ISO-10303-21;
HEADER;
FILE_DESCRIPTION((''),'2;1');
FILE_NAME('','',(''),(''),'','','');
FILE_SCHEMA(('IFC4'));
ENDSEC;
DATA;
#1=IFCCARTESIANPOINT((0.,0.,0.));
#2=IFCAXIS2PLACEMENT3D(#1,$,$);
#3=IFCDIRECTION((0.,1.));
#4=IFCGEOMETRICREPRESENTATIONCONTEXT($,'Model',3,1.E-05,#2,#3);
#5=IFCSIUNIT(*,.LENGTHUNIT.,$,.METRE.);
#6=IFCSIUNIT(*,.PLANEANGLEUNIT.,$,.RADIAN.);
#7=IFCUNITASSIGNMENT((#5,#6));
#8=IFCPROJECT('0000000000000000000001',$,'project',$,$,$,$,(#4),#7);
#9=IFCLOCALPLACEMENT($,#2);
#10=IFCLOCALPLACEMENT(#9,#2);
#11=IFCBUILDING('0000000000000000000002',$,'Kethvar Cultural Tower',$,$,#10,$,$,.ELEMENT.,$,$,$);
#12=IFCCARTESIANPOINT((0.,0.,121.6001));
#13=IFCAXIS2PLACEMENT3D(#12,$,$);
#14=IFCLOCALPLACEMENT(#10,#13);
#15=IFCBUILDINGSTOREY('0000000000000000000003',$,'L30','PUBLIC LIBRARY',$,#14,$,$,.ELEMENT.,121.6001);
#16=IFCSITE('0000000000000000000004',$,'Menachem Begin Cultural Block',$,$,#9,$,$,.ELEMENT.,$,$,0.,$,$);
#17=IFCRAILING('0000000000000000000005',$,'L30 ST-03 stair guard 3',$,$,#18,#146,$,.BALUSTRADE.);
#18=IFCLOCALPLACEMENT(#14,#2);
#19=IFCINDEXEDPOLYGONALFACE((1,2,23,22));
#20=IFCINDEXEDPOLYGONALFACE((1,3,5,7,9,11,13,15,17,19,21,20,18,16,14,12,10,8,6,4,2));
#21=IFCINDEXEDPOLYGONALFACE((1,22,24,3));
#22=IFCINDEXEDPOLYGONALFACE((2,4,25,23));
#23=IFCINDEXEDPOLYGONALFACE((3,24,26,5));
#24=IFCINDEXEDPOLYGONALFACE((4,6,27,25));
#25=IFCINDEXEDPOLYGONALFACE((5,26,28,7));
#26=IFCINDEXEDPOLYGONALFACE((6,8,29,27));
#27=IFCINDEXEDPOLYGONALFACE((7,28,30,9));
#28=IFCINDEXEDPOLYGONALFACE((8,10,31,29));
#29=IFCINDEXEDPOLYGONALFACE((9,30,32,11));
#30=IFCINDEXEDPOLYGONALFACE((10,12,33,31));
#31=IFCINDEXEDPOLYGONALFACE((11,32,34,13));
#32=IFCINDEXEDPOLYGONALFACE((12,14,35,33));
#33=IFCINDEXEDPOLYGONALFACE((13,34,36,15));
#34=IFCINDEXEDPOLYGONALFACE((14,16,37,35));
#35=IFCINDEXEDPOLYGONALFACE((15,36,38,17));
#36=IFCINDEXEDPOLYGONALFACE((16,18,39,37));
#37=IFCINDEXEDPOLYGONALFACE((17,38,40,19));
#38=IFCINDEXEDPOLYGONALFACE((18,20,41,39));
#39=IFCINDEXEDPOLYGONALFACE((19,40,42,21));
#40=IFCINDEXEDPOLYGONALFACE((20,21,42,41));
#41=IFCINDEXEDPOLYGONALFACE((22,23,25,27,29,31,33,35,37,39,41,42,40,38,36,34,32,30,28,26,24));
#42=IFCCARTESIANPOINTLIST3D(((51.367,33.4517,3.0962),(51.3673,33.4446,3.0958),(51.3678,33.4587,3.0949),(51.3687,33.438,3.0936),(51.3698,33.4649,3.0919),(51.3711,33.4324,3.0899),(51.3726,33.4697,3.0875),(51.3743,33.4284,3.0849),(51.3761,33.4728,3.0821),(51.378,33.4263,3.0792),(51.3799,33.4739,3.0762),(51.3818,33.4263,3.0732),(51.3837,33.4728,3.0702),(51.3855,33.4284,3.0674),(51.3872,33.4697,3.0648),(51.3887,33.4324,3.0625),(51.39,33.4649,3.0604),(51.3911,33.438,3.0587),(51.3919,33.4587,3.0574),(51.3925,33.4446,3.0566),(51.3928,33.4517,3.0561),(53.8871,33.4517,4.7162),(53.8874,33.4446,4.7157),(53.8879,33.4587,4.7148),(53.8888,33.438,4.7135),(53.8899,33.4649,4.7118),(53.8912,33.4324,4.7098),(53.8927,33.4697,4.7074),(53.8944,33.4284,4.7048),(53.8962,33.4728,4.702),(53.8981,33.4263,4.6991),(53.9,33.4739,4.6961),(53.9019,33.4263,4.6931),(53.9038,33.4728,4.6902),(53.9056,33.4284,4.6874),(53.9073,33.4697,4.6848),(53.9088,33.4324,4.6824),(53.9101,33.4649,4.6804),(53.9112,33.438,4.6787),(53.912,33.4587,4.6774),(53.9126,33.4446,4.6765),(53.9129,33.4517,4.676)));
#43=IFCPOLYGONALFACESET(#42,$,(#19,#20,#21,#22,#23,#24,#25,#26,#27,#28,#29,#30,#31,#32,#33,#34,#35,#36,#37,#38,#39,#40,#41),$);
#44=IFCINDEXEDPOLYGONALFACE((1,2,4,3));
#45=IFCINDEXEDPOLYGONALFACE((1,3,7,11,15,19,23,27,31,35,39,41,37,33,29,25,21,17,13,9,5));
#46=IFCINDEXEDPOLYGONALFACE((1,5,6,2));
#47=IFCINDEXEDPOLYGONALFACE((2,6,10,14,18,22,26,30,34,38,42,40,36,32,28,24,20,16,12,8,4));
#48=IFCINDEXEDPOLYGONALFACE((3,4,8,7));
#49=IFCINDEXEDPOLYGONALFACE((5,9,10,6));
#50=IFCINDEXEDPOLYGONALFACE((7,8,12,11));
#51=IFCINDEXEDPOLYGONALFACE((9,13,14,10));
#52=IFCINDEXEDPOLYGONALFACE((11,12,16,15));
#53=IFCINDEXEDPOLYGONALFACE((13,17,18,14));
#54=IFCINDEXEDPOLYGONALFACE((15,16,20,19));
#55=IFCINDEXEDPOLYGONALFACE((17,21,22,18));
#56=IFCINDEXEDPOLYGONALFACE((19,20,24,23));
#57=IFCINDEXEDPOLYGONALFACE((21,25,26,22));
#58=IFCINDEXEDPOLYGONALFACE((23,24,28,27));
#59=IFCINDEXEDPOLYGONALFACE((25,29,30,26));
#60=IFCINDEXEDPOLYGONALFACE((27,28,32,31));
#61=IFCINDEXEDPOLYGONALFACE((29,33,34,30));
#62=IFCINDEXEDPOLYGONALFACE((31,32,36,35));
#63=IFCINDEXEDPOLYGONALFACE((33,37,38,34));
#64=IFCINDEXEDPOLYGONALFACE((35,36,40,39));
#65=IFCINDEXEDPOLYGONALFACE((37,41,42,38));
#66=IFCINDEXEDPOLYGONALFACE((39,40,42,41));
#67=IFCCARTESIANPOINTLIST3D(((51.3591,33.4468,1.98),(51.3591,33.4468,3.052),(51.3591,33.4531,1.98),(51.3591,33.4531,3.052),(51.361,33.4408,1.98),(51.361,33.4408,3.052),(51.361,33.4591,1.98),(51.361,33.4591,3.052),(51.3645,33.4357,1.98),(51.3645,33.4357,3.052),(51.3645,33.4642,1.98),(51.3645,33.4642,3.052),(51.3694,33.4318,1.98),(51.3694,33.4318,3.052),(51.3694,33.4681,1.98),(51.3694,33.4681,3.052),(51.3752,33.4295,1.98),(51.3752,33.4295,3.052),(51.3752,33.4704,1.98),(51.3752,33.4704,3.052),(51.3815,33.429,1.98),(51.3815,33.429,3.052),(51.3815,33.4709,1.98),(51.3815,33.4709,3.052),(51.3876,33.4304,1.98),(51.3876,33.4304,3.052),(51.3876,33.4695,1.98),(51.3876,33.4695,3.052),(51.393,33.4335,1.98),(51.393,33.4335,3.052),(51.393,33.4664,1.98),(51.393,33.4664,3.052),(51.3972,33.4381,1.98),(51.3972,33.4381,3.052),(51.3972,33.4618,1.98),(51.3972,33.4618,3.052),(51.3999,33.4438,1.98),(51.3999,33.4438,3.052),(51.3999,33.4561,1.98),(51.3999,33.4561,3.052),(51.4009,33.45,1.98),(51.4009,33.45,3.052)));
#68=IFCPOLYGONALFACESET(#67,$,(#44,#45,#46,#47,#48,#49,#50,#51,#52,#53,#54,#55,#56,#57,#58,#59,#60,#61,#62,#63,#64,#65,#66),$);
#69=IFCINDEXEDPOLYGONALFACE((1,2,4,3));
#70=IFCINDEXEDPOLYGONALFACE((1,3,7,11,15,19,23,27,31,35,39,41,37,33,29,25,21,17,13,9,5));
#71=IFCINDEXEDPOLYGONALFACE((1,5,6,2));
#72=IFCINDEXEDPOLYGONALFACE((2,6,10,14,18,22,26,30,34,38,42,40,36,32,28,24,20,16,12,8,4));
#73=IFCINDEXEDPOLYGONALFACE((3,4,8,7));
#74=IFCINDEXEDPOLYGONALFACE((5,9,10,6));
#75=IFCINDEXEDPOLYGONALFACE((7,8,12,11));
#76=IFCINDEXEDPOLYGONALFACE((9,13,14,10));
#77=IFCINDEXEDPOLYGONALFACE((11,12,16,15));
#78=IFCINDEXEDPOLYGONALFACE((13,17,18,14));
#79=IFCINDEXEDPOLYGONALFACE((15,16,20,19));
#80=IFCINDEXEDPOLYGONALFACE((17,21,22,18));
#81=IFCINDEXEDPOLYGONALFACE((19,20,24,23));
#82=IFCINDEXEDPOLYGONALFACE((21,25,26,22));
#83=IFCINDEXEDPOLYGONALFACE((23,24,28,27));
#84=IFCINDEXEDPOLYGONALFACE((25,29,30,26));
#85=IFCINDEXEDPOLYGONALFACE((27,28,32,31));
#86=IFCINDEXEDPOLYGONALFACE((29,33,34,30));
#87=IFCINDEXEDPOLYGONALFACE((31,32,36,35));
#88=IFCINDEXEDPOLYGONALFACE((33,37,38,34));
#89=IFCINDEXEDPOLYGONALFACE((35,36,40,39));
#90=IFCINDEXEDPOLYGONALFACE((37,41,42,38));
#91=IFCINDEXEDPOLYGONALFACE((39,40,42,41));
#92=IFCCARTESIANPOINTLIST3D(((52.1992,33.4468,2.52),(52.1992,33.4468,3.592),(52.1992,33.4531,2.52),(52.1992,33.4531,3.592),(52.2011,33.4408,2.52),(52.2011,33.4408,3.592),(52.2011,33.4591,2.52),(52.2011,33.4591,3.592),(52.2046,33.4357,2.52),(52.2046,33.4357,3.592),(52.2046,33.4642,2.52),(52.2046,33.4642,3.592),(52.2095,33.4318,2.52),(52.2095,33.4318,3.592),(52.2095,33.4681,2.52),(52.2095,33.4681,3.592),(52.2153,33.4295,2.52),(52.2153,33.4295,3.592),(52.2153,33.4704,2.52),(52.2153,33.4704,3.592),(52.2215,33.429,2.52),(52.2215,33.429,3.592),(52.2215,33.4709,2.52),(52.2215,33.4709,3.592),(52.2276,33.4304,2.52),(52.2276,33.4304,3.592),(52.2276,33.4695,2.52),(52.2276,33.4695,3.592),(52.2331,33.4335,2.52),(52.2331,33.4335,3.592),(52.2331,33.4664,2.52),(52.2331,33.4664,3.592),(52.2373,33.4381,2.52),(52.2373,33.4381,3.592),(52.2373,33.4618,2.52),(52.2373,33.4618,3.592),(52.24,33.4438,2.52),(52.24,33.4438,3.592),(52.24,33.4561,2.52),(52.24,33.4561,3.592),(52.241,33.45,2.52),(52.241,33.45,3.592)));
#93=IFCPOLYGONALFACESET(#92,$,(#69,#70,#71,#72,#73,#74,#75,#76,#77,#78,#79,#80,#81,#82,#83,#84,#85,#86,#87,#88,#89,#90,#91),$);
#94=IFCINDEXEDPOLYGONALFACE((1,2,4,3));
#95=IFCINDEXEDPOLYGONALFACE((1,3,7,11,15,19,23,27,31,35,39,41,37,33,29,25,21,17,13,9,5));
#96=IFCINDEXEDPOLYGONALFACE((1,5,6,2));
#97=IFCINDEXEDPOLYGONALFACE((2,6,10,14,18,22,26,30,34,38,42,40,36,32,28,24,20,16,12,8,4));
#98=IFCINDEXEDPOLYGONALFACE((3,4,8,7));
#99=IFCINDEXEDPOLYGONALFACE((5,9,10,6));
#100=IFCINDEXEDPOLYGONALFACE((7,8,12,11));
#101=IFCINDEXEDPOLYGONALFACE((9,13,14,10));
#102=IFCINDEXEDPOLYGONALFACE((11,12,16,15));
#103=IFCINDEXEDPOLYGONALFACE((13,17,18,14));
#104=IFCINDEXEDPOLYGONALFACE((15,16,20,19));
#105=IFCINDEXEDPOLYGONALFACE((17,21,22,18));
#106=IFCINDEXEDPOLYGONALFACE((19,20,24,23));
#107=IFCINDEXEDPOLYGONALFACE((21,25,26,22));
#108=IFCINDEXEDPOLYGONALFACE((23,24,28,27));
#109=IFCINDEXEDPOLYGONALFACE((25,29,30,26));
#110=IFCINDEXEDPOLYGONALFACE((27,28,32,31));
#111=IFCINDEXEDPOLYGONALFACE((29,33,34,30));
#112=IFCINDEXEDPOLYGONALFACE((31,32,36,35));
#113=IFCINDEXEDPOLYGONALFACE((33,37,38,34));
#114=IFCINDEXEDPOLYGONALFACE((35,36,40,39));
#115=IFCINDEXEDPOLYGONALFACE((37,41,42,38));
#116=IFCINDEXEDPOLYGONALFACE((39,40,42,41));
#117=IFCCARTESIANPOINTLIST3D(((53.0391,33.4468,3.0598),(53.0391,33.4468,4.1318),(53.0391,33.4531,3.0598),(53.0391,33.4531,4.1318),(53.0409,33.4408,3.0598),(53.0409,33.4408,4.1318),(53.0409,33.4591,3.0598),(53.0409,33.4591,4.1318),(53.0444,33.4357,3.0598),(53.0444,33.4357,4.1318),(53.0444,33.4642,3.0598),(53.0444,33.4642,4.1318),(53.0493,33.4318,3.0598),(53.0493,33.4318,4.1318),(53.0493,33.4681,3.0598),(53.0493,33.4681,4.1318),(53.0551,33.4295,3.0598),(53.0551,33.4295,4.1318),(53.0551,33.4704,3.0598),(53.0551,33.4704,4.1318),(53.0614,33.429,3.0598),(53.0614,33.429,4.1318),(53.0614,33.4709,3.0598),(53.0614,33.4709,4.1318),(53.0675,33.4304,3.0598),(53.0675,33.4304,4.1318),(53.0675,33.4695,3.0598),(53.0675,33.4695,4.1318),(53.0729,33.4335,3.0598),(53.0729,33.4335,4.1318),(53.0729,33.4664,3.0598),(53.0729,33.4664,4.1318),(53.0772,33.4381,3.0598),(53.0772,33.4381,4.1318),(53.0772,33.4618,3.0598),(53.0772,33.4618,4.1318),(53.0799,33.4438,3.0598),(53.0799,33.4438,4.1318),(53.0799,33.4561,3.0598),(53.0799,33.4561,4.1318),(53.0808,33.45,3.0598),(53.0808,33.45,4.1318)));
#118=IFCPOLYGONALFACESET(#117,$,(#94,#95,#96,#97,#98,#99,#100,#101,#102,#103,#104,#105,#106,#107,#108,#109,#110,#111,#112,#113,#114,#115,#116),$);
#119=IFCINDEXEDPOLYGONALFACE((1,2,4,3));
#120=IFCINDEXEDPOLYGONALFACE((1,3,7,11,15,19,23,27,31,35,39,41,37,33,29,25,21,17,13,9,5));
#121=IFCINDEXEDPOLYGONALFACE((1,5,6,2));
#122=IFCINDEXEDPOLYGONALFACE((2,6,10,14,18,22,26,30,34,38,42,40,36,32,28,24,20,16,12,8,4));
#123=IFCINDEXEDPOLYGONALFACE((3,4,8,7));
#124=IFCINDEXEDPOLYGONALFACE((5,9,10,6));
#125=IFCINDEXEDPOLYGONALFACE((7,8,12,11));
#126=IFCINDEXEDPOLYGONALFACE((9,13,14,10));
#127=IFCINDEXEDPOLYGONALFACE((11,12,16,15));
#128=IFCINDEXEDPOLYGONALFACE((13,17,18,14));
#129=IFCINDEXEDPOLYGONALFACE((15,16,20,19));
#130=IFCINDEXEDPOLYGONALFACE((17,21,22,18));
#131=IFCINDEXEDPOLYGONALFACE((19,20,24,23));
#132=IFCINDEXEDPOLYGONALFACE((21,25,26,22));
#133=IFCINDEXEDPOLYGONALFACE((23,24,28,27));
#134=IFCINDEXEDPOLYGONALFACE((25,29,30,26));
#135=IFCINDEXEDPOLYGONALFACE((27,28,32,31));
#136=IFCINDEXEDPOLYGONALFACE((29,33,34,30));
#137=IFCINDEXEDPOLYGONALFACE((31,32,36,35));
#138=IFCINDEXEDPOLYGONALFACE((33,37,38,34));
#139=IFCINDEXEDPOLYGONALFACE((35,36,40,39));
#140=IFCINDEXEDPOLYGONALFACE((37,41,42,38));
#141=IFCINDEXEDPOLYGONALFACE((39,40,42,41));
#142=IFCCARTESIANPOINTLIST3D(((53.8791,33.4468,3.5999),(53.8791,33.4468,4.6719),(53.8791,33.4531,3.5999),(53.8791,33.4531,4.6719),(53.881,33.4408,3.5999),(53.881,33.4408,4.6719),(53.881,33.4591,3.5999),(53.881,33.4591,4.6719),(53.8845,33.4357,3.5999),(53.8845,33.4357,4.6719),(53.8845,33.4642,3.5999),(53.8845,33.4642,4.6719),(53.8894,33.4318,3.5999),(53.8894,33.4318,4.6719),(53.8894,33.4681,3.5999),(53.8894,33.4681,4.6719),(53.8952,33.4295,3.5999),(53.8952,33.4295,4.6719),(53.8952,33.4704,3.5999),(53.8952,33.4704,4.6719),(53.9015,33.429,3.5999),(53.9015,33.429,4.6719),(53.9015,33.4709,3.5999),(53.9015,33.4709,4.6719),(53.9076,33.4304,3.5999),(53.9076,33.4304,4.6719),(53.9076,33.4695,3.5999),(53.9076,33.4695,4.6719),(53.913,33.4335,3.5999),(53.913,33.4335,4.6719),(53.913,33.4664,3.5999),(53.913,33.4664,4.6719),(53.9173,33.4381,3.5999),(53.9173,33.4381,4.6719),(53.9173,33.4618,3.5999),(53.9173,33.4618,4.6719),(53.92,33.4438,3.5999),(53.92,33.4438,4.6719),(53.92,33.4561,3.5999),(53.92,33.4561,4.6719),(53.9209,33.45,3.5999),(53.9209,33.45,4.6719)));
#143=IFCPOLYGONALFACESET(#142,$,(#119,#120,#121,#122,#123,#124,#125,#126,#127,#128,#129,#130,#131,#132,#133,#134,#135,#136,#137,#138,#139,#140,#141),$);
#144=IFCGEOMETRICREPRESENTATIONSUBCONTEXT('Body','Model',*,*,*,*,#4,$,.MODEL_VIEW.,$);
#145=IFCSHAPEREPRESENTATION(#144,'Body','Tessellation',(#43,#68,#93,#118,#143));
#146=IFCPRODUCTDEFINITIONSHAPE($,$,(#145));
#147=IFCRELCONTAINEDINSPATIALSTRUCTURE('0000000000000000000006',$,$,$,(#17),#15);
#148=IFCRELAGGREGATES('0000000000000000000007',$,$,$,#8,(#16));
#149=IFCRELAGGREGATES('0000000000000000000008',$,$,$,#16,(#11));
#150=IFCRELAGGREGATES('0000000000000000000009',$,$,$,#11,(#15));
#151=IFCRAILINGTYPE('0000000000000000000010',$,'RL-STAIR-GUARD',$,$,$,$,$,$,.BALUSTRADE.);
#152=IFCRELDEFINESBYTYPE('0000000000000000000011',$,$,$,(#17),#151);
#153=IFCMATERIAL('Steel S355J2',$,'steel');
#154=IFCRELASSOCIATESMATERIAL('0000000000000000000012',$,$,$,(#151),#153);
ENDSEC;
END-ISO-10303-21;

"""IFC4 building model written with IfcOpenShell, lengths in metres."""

from ifc_helpers import new_model, si_unit, direction, frame, origin, origin_2d, place, context, subcontext, project, spatial, circle, extrude, material, type_object, element, save


model = new_model("IFC4")

# Units and contexts
model_context = context("Model", 3, precision=1e-05, world=origin(), true_north=direction((0.0, 1.0)))
body_context = subcontext(model_context, "Body", "Model", "MODEL_VIEW")
ifc_project = project(units=[si_unit("LENGTHUNIT", "METRE"), si_unit("PLANEANGLEUNIT", "RADIAN")], contexts=[model_context])

# Site, building, storey
site_placement = place(None, origin())
site = spatial("IfcSite", under=ifc_project, at=site_placement, Name="Menachem Begin Cultural Block", CompositionType="ELEMENT", RefElevation=0.0)
building_placement = place(site_placement, origin())
building = spatial("IfcBuilding", under=site, at=building_placement, Name="Kethvar Cultural Tower", CompositionType="ELEMENT")
storey_placement = place(building_placement, frame((0.0, 0.0, 121.6001)))
storey = spatial("IfcBuildingStorey", under=building, at=storey_placement, Name="L30", Description="PUBLIC LIBRARY", CompositionType="ELEMENT", Elevation=121.6001)

# Shared definitions
ifc_material_1 = material(Name="Steel S355J2", Category="steel")

# Railing
railing_type_1 = type_object("IfcRailingType", Name="RL-STAIR-GUARD", PredefinedType="BALUSTRADE", material=ifc_material_1)
railing_1_placement = place(storey_placement, frame((51.3799, 33.45, 1.98)))
element("IfcRailing", 1, at=railing_1_placement, inside=storey, type_object=railing_type_1, Name="L30 ST-03 stair guard 3", PredefinedType="BALUSTRADE", context=body_context, shape_type="SweptSolid", body=[
    extrude(circle(Radius=0.0239, at=origin_2d()), frame((0.0, 0.0, 1.0962), z_axis=(0.8412, 0.0, 0.540725), x_axis=(0.0, 1.0, 0.0)), (0.0, 0.0, 1.0), 2.9958),
    extrude(circle(Radius=0.021, at=origin_2d()), origin(), (0.0, 0.0, 1.0), 1.072),
    extrude(circle(Radius=0.021, at=origin_2d()), frame((0.8401, 0.0, 0.54)), (0.0, 0.0, 1.0), 1.072),
    extrude(circle(Radius=0.021, at=origin_2d()), frame((1.6799, 0.0, 1.0798)), (0.0, 0.0, 1.0), 1.072),
    extrude(circle(Radius=0.021, at=origin_2d()), frame((2.52, 0.0, 1.6199)), (0.0, 0.0, 1.0), 1.072),
])

save(model, "model.ifc")
